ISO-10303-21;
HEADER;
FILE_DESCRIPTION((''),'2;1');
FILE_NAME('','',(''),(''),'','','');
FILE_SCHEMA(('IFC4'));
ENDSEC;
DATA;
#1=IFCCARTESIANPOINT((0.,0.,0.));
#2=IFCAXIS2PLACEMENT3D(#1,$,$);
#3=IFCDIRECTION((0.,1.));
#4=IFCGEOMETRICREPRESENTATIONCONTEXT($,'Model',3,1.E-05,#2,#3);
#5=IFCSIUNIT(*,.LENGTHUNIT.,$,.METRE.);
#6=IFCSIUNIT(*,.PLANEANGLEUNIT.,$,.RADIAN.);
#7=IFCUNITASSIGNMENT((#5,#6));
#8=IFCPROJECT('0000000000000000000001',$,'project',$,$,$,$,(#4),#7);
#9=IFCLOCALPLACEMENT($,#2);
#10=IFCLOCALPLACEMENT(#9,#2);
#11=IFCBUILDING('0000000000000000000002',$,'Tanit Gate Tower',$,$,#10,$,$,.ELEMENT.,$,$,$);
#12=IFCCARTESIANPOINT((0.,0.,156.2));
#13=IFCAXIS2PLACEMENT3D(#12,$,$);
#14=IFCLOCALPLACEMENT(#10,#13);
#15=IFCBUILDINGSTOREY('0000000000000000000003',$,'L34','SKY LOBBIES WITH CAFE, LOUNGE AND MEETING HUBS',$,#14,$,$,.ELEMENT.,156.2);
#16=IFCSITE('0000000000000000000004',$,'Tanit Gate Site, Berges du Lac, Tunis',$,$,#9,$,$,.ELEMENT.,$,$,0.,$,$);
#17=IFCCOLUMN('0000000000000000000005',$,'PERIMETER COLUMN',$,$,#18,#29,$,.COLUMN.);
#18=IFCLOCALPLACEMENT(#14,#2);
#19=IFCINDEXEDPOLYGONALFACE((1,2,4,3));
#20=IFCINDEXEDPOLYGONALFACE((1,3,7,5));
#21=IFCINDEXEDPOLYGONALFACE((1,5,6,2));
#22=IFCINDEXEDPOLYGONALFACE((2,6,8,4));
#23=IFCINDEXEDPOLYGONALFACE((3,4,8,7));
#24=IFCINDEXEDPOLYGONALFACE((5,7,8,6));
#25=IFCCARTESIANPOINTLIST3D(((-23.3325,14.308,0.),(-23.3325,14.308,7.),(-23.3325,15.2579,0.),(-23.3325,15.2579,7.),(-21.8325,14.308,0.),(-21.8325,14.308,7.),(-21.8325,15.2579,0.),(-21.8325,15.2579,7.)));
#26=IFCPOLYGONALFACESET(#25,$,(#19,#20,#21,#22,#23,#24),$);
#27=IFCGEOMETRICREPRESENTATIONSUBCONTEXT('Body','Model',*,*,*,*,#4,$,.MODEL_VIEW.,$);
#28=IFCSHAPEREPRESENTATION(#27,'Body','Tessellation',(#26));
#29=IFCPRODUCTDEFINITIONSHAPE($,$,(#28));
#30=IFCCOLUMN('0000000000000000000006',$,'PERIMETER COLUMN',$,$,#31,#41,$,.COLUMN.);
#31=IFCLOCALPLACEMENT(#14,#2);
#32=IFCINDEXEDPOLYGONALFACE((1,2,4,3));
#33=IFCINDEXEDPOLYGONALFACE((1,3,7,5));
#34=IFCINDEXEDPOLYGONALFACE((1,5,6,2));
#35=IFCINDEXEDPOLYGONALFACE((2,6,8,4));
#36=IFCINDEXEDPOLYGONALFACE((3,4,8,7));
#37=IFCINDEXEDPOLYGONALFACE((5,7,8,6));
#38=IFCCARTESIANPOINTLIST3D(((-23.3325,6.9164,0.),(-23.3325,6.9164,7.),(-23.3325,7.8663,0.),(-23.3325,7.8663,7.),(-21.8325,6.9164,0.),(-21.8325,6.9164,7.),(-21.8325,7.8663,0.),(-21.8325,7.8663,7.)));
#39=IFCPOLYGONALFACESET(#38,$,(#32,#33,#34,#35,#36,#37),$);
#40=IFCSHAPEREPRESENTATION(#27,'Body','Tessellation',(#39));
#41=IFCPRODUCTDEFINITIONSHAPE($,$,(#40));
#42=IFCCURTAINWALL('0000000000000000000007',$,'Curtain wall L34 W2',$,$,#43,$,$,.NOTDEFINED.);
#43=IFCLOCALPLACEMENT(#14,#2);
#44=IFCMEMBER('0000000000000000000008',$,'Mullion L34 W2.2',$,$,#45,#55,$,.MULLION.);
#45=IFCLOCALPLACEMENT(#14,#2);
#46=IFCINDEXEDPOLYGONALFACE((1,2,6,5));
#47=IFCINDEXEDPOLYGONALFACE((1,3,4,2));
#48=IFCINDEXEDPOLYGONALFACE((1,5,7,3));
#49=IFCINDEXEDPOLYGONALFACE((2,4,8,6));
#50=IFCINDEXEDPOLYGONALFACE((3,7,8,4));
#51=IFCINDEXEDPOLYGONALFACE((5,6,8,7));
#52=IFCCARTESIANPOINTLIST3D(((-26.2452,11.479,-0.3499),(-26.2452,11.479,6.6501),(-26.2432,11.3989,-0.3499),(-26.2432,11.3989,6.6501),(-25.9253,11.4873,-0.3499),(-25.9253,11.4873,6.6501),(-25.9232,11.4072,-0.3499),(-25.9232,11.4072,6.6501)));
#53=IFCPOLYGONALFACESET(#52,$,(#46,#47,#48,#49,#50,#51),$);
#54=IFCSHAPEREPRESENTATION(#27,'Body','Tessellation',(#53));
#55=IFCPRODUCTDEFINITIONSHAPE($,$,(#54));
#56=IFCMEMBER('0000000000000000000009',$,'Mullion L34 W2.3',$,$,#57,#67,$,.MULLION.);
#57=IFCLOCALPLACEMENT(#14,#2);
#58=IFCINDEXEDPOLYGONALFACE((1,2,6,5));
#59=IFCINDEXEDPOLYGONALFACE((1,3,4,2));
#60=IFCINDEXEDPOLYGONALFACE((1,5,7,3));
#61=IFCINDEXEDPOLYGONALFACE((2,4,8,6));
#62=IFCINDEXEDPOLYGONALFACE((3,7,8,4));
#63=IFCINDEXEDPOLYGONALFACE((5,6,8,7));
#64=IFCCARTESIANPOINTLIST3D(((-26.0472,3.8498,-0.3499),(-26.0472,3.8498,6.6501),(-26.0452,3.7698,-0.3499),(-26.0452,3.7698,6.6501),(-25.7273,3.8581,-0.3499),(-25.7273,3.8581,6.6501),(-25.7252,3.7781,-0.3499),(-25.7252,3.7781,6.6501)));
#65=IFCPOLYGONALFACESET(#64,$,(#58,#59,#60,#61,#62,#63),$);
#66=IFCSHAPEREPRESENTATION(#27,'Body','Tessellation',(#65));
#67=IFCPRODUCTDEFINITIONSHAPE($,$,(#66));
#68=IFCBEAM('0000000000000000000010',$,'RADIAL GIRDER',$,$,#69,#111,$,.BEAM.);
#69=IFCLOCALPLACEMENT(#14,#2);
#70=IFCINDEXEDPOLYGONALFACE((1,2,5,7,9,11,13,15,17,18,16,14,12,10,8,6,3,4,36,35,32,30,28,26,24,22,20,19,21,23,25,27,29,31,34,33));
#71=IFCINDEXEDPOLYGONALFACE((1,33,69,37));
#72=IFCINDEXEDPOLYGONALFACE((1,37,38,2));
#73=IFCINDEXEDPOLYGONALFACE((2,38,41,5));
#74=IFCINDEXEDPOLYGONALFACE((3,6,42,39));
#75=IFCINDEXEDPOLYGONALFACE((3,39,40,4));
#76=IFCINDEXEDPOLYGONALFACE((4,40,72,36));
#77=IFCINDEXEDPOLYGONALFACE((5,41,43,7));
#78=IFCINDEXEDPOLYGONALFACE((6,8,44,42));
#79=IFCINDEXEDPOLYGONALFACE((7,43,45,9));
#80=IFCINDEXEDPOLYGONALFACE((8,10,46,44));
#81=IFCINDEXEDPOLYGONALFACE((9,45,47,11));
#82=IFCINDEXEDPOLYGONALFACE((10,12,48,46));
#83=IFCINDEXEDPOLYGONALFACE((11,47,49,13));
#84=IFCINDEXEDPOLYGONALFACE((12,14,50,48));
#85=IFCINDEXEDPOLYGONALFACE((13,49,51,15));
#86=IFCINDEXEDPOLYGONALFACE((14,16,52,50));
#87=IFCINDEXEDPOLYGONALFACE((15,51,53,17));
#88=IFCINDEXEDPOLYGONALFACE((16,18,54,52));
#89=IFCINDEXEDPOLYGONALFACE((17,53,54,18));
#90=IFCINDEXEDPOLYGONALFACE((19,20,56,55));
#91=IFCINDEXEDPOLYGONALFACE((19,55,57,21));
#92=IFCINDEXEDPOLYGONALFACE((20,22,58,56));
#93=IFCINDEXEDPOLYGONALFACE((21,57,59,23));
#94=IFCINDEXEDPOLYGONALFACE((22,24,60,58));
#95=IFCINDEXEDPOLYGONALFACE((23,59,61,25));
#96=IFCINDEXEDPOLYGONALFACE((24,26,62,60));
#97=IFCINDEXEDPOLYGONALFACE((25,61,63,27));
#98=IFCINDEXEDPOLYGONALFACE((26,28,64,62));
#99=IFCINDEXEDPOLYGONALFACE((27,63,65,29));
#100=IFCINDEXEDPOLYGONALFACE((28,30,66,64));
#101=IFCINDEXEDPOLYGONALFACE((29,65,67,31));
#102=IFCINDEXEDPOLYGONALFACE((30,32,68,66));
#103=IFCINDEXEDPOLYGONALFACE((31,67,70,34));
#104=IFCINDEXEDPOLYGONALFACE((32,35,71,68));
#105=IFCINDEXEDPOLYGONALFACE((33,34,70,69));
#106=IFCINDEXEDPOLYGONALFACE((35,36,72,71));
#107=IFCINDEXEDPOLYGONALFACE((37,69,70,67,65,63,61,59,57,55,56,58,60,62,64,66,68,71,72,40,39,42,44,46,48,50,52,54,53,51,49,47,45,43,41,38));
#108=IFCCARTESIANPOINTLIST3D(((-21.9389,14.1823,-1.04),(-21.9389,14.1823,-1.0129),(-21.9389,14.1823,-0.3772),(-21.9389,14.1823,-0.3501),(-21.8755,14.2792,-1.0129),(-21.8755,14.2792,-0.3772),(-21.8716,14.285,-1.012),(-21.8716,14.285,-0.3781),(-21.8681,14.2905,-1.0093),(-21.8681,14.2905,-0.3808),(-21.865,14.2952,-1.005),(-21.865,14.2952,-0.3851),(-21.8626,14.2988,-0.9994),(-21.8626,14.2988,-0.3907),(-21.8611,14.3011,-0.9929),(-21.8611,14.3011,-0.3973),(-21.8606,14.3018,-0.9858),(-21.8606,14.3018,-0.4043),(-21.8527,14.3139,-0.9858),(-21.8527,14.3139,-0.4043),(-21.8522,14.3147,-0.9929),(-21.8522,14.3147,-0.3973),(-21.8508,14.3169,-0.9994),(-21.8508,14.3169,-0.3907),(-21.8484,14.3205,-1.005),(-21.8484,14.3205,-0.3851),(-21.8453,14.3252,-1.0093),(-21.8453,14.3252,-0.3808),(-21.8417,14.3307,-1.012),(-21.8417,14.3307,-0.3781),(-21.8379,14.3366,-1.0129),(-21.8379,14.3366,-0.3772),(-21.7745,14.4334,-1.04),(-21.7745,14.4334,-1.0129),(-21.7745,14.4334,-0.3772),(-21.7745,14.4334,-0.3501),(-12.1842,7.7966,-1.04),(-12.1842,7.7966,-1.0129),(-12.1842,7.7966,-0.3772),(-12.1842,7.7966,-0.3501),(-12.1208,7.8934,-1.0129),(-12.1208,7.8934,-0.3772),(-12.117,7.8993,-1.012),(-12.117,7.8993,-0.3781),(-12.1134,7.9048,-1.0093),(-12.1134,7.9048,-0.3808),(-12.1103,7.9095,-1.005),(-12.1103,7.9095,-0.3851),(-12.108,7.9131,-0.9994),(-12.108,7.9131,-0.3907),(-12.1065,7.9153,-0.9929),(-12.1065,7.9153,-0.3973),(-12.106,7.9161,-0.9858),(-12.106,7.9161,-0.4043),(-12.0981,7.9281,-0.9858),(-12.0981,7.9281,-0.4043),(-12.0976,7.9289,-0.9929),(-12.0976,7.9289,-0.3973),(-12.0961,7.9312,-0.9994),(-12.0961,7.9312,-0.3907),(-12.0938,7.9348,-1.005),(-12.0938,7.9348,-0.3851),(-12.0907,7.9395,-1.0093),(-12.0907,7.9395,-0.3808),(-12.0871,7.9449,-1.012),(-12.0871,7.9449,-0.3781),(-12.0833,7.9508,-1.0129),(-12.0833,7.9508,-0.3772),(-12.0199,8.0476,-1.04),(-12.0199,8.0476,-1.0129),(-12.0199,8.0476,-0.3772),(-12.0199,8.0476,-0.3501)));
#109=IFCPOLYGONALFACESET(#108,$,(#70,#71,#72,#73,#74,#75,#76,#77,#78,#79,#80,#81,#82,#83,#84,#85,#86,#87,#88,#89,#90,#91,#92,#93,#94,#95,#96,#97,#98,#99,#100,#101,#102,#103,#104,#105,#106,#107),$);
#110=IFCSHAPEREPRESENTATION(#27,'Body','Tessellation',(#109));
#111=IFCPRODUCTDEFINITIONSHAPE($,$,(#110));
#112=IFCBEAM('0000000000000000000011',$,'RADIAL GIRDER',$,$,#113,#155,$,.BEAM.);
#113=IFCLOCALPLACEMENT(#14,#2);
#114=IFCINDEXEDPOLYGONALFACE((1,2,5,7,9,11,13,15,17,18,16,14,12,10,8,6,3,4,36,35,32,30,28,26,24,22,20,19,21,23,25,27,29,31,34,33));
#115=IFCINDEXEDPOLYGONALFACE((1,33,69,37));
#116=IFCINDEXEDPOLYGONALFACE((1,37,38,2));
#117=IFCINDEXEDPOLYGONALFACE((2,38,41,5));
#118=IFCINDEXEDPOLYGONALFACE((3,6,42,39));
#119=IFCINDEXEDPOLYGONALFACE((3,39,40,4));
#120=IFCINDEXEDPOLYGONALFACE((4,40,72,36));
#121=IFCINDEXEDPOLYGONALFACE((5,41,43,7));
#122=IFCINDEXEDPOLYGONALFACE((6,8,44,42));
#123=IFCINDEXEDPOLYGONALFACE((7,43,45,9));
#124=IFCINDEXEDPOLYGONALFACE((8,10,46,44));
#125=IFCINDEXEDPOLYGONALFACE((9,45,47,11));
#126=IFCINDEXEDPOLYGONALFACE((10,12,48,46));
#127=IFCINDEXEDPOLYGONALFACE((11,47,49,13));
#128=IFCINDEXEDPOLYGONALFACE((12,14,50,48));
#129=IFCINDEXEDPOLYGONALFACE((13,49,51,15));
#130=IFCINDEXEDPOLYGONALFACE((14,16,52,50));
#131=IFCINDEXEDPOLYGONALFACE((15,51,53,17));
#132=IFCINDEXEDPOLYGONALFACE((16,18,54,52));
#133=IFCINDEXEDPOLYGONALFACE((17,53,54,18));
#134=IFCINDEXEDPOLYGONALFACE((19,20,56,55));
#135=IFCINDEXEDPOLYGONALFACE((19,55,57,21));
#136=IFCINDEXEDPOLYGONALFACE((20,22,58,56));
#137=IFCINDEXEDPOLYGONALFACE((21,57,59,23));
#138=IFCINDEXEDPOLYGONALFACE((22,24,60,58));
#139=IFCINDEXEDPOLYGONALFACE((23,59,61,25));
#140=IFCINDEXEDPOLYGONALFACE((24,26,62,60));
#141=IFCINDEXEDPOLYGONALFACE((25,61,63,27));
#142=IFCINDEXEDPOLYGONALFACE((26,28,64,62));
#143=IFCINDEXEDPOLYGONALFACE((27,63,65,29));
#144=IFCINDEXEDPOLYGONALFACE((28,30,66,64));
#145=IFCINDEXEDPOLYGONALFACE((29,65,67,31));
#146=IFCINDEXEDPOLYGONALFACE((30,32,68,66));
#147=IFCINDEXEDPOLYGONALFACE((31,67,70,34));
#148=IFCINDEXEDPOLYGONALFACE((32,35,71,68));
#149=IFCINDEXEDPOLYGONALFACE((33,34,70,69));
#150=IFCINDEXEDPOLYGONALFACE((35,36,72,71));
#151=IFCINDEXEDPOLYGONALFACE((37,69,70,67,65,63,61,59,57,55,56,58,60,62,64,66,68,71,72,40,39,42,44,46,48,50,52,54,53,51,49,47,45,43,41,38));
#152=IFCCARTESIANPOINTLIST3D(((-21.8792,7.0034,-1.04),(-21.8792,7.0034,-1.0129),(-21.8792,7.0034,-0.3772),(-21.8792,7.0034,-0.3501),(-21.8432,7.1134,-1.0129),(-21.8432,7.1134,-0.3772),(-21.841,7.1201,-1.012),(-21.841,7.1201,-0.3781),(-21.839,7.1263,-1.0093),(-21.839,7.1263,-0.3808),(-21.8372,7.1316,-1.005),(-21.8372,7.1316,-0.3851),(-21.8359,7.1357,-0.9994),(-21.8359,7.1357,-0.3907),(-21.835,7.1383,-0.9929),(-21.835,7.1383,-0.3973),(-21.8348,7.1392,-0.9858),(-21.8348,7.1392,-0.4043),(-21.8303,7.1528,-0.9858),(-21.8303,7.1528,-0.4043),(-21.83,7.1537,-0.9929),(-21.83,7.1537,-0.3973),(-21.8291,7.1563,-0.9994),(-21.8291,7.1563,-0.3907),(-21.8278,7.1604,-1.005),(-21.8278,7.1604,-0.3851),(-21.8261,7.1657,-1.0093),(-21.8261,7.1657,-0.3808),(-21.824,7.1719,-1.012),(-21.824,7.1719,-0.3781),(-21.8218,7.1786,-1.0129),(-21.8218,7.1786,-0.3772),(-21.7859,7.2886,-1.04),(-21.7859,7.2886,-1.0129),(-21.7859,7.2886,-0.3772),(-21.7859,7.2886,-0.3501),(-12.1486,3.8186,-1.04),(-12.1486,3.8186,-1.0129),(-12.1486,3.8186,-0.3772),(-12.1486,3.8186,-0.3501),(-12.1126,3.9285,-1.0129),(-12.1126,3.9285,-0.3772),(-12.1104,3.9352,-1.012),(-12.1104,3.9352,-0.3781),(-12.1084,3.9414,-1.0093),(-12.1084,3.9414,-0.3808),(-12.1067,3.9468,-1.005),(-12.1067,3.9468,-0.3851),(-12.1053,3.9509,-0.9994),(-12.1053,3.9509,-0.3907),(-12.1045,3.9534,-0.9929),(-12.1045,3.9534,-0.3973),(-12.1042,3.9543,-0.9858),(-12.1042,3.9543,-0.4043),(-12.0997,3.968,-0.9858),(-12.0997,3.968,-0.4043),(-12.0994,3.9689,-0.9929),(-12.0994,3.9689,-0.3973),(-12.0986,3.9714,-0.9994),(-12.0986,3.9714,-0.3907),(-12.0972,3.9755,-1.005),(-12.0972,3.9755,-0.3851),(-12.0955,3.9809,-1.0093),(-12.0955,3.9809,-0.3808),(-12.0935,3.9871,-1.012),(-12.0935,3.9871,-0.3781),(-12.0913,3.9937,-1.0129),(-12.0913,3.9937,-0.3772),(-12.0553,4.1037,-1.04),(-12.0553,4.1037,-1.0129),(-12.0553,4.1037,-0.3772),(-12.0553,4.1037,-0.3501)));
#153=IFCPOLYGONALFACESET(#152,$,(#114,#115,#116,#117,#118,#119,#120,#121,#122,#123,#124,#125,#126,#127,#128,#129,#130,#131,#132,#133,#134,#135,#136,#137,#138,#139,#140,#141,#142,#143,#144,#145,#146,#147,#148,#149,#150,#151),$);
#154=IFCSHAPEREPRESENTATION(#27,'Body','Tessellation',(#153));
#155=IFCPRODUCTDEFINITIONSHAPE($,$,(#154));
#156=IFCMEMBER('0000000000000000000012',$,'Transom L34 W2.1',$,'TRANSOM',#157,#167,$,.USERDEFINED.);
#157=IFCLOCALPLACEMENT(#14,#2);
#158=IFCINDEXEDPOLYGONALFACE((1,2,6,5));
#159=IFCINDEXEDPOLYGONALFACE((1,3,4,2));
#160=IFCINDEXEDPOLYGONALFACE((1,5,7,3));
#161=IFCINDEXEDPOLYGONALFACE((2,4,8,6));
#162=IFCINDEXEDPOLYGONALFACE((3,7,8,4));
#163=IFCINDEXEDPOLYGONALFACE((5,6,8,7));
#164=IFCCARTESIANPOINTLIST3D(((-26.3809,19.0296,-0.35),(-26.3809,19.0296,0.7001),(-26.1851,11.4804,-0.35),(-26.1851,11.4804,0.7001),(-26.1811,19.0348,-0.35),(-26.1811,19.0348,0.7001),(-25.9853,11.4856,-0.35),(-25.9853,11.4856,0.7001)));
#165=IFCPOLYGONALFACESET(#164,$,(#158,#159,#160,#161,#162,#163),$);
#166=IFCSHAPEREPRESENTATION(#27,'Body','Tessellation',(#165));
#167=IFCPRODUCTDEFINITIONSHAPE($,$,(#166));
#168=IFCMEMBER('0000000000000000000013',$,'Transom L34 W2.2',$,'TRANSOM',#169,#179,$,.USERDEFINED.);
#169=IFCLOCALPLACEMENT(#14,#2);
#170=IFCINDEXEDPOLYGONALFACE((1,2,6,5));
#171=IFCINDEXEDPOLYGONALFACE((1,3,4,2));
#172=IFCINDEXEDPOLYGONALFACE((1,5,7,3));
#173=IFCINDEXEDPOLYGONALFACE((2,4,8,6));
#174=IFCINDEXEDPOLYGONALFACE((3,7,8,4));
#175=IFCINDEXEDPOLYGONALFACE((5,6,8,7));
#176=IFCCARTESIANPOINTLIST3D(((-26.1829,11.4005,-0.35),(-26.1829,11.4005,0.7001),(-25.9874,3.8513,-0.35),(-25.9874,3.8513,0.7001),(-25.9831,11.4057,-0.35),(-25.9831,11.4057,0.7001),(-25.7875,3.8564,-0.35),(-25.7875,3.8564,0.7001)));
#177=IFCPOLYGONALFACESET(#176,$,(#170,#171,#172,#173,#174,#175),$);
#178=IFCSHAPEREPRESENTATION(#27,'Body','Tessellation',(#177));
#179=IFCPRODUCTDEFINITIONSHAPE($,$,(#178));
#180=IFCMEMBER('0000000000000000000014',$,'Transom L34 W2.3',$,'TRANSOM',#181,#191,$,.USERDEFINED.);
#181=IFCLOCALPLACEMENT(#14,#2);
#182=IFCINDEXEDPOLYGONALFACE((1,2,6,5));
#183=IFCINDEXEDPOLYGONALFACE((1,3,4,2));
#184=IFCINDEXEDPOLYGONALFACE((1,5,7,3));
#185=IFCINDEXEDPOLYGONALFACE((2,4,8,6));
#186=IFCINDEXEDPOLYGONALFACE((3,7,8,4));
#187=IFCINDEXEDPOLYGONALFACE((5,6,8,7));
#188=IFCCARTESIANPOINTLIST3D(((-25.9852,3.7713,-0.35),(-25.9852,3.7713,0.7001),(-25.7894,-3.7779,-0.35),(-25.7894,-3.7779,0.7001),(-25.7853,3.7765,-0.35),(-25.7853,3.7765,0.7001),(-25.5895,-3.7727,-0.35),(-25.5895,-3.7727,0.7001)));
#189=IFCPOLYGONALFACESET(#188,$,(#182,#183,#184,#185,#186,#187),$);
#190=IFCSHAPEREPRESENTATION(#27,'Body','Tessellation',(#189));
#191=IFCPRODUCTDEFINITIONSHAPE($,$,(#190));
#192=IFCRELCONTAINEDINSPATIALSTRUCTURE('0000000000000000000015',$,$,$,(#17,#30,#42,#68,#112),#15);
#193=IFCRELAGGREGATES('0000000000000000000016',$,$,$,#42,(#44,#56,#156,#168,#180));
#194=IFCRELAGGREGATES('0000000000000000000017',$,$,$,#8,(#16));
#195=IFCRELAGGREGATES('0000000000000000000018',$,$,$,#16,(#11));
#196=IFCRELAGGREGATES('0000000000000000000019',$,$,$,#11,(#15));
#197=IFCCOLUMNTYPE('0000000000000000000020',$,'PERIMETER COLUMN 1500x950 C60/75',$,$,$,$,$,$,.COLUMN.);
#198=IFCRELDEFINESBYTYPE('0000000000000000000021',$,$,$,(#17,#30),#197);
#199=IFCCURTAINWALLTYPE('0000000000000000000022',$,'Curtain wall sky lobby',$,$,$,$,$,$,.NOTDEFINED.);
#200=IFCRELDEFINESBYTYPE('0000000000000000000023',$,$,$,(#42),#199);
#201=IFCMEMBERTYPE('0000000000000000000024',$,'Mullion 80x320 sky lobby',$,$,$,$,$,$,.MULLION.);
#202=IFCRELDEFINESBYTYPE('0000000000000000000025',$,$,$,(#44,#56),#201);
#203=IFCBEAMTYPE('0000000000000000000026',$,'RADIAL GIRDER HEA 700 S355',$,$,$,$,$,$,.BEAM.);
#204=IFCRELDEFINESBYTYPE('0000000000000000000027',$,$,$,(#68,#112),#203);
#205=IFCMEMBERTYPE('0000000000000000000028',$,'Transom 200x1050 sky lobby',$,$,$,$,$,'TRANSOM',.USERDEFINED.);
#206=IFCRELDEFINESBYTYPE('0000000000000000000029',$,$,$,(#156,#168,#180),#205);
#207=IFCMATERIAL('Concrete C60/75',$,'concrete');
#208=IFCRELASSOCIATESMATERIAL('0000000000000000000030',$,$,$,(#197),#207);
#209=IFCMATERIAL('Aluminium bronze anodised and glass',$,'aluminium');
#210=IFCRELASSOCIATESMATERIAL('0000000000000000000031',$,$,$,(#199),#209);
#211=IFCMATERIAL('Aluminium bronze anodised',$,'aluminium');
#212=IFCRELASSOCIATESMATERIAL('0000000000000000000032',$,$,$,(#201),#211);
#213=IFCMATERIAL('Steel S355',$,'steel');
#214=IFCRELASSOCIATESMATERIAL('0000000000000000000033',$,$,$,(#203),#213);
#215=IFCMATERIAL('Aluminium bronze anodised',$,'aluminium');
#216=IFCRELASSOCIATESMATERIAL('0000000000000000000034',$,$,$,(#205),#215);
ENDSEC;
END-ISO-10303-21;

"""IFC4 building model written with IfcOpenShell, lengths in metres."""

from ifc_helpers import new_model, si_unit, direction, frame, origin, origin_2d, place, context, subcontext, project, spatial, rectangle, i_section, extrude, material, material_profile, profile_set, type_object, element, aggregate, save


model = new_model("IFC4")

# Units and contexts
model_context = context("Model", 3, precision=1e-05, world=origin(), true_north=direction((0.0, 1.0)))
body_context = subcontext(model_context, "Body", "Model", "MODEL_VIEW")
ifc_project = project(units=[si_unit("LENGTHUNIT", "METRE"), si_unit("PLANEANGLEUNIT", "RADIAN")], contexts=[model_context])

# Site, building, storey
site_placement = place(None, origin())
site = spatial("IfcSite", under=ifc_project, at=site_placement, Name="Tanit Gate Site, Berges du Lac, Tunis", CompositionType="ELEMENT", RefElevation=0.0)
building_placement = place(site_placement, origin())
building = spatial("IfcBuilding", under=site, at=building_placement, Name="Tanit Gate Tower", CompositionType="ELEMENT")
storey_placement = place(building_placement, frame((0.0, 0.0, 156.2)))
storey = spatial("IfcBuildingStorey", under=building, at=storey_placement, Name="L34", Description="SKY LOBBIES WITH CAFE, LOUNGE AND MEETING HUBS", CompositionType="ELEMENT", Elevation=156.2)

# Columns
ifc_material_1 = material(Name="Concrete C60/75", Category="concrete")
ifc_material_profile_1 = material_profile(ifc_material_1, rectangle(XDim=1.5, YDim=0.95, at=origin_2d()), Name="RC 1500x950")
ifc_profile_set_1 = profile_set([ifc_material_profile_1], Name="Concrete C60/75")
column_type = type_object("IfcColumnType", Name="PERIMETER COLUMN 1500x950 C60/75", PredefinedType="COLUMN", material=ifc_profile_set_1)
for number, where, z_axis, x_axis, name in (
    (1, (-22.5825, 14.783, 0.0), (0.0, 0.0, 1.0), (-1.0, 0.0, 0.0), "PERIMETER COLUMN"),
    (2, (-22.5825, 7.3914, 0.0), (0.0, 0.0, 1.0), (-1.0, 0.0, 0.0), "PERIMETER COLUMN"),
):
    element("IfcColumn", number, at=place(storey_placement, frame(where, z_axis=z_axis, x_axis=x_axis)), inside=storey, type_object=column_type, Name=name, PredefinedType="COLUMN", context=body_context, shape_type="SweptSolid", body=[
        extrude(rectangle(XDim=1.5, YDim=0.95, at=origin_2d()), origin(), (0.0, 0.0, 1.0), 7.0),
    ])

# Curtain wall, members
ifc_material_2 = material(Name="Aluminium bronze anodised and glass", Category="aluminium")
curtain_wall_type = type_object("IfcCurtainWallType", Name="Curtain wall sky lobby", PredefinedType="NOTDEFINED", material=ifc_material_2)
curtain_wall_placement = place(storey_placement, origin())
curtain_wall = element("IfcCurtainWall", 3, at=curtain_wall_placement, inside=storey, type_object=curtain_wall_type, Name="Curtain wall L34 W2", PredefinedType="NOTDEFINED")
ifc_material_3 = material(Name="Aluminium bronze anodised", Category="aluminium")
ifc_material_profile_2 = material_profile(ifc_material_3, rectangle(XDim=0.3201, YDim=0.0801, at=origin_2d()), Name="80x320 bronze mullion")
ifc_profile_set_2 = profile_set([ifc_material_profile_2], Name="Aluminium bronze anodised")
member_type_1 = type_object("IfcMemberType", Name="Mullion 80x320 sky lobby", PredefinedType="MULLION", material=ifc_profile_set_2)
member_1_placement = place(storey_placement, frame((-26.0842, 11.4431, -0.3499), z_axis=(0.0, 0.0, 1.0), x_axis=(0.999664, 0.025924, 0.0)))
member_1 = element("IfcMember", 4, at=member_1_placement, type_object=member_type_1, Name="Mullion L34 W2.2", PredefinedType="MULLION", context=body_context, shape_type="SweptSolid", body=[
    extrude(rectangle(XDim=0.3201, YDim=0.0801, at=origin_2d()), origin(), (0.0, 0.0, 1.0), 7.0),
])
member_2_placement = place(storey_placement, frame((-25.8862, 3.814, -0.3499), z_axis=(0.0, 0.0, 1.0), x_axis=(0.999664, 0.025924, 0.0)))
member_2 = element("IfcMember", 5, at=member_2_placement, type_object=member_type_1, Name="Mullion L34 W2.3", PredefinedType="MULLION", context=body_context, shape_type="SweptSolid", body=[
    extrude(rectangle(XDim=0.3201, YDim=0.0801, at=origin_2d()), origin(), (0.0, 0.0, 1.0), 7.0),
])

# Beams
ifc_material_4 = material(Name="Steel S355", Category="steel")
ifc_material_profile_3 = material_profile(ifc_material_4, i_section(OverallWidth=0.3, OverallDepth=0.6899, WebThickness=0.0144, FlangeThickness=0.0271, FilletRadius=0.0271, at=origin_2d()), Name="HEA 700")
ifc_profile_set_3 = profile_set([ifc_material_profile_3], Name="Steel S355")
beam_type = type_object("IfcBeamType", Name="RADIAL GIRDER HEA 700 S355", PredefinedType="BEAM", material=ifc_profile_set_3)
beam_1_placement = place(storey_placement, frame((-21.8567, 14.3079, -0.6951), z_axis=(0.836667, -0.547712, 0.0), x_axis=(0.547712, 0.836667, 0.0)))
element("IfcBeam", 6, at=beam_1_placement, inside=storey, type_object=beam_type, Name="RADIAL GIRDER", PredefinedType="BEAM", context=body_context, shape_type="SweptSolid", body=[
    extrude(i_section(OverallWidth=0.3, OverallDepth=0.6899, WebThickness=0.0144, FlangeThickness=0.0271, FilletRadius=0.0271, at=origin_2d()), origin(), (0.0, 0.0, 1.0), 11.6589),
])
beam_2_placement = place(storey_placement, frame((-21.8325, 7.146, -0.6951), z_axis=(0.950389, -0.311065, 0.0), x_axis=(0.311065, 0.950389, 0.0)))
element("IfcBeam", 7, at=beam_2_placement, inside=storey, type_object=beam_type, Name="RADIAL GIRDER", PredefinedType="BEAM", context=body_context, shape_type="SweptSolid", body=[
    extrude(i_section(OverallWidth=0.3, OverallDepth=0.6899, WebThickness=0.0144, FlangeThickness=0.0271, FilletRadius=0.0271, at=origin_2d()), origin(), (0.0, 0.0, 1.0), 10.2385),
])

# Members
ifc_material_5 = material(Name="Aluminium bronze anodised", Category="aluminium")
ifc_material_profile_4 = material_profile(ifc_material_5, rectangle(XDim=0.2, YDim=1.05, at=origin_2d()), Name="200x1050 bronze transom")
ifc_profile_set_4 = profile_set([ifc_material_profile_4], Name="Aluminium bronze anodised")
member_type_2 = type_object("IfcMemberType", Name="Transom 200x1050 sky lobby", ElementType="TRANSOM", PredefinedType="USERDEFINED", material=ifc_profile_set_4)
member_3_placement = place(storey_placement, frame((-26.281, 19.0322, 0.175), z_axis=(0.025928, -0.999664, 0.0), x_axis=(0.999664, 0.025928, 0.0)))
member_3 = element("IfcMember", 8, at=member_3_placement, type_object=member_type_2, Name="Transom L34 W2.1", ObjectType="TRANSOM", PredefinedType="USERDEFINED", context=body_context, shape_type="SweptSolid", body=[
    extrude(rectangle(XDim=0.2, YDim=1.05, at=origin_2d()), origin(), (0.0, 0.0, 1.0), 7.5518),
])
member_4_placement = place(storey_placement, frame((-26.083, 11.4031, 0.175), z_axis=(0.025895, -0.999665, 0.0), x_axis=(0.999665, 0.025895, 0.0)))
member_4 = element("IfcMember", 9, at=member_4_placement, type_object=member_type_2, Name="Transom L34 W2.2", ObjectType="TRANSOM", PredefinedType="USERDEFINED", context=body_context, shape_type="SweptSolid", body=[
    extrude(rectangle(XDim=0.2, YDim=1.05, at=origin_2d()), origin(), (0.0, 0.0, 1.0), 7.5518),
])
member_5_placement = place(storey_placement, frame((-25.8853, 3.7739, 0.175), z_axis=(0.025928, -0.999664, 0.0), x_axis=(0.999664, 0.025928, 0.0)))
member_5 = element("IfcMember", 10, at=member_5_placement, type_object=member_type_2, Name="Transom L34 W2.3", ObjectType="TRANSOM", PredefinedType="USERDEFINED", context=body_context, shape_type="SweptSolid", body=[
    extrude(rectangle(XDim=0.2, YDim=1.05, at=origin_2d()), origin(), (0.0, 0.0, 1.0), 7.5518),
])

aggregate(curtain_wall, [member_1, member_2, member_3, member_4, member_5])

save(model, "model.ifc")
